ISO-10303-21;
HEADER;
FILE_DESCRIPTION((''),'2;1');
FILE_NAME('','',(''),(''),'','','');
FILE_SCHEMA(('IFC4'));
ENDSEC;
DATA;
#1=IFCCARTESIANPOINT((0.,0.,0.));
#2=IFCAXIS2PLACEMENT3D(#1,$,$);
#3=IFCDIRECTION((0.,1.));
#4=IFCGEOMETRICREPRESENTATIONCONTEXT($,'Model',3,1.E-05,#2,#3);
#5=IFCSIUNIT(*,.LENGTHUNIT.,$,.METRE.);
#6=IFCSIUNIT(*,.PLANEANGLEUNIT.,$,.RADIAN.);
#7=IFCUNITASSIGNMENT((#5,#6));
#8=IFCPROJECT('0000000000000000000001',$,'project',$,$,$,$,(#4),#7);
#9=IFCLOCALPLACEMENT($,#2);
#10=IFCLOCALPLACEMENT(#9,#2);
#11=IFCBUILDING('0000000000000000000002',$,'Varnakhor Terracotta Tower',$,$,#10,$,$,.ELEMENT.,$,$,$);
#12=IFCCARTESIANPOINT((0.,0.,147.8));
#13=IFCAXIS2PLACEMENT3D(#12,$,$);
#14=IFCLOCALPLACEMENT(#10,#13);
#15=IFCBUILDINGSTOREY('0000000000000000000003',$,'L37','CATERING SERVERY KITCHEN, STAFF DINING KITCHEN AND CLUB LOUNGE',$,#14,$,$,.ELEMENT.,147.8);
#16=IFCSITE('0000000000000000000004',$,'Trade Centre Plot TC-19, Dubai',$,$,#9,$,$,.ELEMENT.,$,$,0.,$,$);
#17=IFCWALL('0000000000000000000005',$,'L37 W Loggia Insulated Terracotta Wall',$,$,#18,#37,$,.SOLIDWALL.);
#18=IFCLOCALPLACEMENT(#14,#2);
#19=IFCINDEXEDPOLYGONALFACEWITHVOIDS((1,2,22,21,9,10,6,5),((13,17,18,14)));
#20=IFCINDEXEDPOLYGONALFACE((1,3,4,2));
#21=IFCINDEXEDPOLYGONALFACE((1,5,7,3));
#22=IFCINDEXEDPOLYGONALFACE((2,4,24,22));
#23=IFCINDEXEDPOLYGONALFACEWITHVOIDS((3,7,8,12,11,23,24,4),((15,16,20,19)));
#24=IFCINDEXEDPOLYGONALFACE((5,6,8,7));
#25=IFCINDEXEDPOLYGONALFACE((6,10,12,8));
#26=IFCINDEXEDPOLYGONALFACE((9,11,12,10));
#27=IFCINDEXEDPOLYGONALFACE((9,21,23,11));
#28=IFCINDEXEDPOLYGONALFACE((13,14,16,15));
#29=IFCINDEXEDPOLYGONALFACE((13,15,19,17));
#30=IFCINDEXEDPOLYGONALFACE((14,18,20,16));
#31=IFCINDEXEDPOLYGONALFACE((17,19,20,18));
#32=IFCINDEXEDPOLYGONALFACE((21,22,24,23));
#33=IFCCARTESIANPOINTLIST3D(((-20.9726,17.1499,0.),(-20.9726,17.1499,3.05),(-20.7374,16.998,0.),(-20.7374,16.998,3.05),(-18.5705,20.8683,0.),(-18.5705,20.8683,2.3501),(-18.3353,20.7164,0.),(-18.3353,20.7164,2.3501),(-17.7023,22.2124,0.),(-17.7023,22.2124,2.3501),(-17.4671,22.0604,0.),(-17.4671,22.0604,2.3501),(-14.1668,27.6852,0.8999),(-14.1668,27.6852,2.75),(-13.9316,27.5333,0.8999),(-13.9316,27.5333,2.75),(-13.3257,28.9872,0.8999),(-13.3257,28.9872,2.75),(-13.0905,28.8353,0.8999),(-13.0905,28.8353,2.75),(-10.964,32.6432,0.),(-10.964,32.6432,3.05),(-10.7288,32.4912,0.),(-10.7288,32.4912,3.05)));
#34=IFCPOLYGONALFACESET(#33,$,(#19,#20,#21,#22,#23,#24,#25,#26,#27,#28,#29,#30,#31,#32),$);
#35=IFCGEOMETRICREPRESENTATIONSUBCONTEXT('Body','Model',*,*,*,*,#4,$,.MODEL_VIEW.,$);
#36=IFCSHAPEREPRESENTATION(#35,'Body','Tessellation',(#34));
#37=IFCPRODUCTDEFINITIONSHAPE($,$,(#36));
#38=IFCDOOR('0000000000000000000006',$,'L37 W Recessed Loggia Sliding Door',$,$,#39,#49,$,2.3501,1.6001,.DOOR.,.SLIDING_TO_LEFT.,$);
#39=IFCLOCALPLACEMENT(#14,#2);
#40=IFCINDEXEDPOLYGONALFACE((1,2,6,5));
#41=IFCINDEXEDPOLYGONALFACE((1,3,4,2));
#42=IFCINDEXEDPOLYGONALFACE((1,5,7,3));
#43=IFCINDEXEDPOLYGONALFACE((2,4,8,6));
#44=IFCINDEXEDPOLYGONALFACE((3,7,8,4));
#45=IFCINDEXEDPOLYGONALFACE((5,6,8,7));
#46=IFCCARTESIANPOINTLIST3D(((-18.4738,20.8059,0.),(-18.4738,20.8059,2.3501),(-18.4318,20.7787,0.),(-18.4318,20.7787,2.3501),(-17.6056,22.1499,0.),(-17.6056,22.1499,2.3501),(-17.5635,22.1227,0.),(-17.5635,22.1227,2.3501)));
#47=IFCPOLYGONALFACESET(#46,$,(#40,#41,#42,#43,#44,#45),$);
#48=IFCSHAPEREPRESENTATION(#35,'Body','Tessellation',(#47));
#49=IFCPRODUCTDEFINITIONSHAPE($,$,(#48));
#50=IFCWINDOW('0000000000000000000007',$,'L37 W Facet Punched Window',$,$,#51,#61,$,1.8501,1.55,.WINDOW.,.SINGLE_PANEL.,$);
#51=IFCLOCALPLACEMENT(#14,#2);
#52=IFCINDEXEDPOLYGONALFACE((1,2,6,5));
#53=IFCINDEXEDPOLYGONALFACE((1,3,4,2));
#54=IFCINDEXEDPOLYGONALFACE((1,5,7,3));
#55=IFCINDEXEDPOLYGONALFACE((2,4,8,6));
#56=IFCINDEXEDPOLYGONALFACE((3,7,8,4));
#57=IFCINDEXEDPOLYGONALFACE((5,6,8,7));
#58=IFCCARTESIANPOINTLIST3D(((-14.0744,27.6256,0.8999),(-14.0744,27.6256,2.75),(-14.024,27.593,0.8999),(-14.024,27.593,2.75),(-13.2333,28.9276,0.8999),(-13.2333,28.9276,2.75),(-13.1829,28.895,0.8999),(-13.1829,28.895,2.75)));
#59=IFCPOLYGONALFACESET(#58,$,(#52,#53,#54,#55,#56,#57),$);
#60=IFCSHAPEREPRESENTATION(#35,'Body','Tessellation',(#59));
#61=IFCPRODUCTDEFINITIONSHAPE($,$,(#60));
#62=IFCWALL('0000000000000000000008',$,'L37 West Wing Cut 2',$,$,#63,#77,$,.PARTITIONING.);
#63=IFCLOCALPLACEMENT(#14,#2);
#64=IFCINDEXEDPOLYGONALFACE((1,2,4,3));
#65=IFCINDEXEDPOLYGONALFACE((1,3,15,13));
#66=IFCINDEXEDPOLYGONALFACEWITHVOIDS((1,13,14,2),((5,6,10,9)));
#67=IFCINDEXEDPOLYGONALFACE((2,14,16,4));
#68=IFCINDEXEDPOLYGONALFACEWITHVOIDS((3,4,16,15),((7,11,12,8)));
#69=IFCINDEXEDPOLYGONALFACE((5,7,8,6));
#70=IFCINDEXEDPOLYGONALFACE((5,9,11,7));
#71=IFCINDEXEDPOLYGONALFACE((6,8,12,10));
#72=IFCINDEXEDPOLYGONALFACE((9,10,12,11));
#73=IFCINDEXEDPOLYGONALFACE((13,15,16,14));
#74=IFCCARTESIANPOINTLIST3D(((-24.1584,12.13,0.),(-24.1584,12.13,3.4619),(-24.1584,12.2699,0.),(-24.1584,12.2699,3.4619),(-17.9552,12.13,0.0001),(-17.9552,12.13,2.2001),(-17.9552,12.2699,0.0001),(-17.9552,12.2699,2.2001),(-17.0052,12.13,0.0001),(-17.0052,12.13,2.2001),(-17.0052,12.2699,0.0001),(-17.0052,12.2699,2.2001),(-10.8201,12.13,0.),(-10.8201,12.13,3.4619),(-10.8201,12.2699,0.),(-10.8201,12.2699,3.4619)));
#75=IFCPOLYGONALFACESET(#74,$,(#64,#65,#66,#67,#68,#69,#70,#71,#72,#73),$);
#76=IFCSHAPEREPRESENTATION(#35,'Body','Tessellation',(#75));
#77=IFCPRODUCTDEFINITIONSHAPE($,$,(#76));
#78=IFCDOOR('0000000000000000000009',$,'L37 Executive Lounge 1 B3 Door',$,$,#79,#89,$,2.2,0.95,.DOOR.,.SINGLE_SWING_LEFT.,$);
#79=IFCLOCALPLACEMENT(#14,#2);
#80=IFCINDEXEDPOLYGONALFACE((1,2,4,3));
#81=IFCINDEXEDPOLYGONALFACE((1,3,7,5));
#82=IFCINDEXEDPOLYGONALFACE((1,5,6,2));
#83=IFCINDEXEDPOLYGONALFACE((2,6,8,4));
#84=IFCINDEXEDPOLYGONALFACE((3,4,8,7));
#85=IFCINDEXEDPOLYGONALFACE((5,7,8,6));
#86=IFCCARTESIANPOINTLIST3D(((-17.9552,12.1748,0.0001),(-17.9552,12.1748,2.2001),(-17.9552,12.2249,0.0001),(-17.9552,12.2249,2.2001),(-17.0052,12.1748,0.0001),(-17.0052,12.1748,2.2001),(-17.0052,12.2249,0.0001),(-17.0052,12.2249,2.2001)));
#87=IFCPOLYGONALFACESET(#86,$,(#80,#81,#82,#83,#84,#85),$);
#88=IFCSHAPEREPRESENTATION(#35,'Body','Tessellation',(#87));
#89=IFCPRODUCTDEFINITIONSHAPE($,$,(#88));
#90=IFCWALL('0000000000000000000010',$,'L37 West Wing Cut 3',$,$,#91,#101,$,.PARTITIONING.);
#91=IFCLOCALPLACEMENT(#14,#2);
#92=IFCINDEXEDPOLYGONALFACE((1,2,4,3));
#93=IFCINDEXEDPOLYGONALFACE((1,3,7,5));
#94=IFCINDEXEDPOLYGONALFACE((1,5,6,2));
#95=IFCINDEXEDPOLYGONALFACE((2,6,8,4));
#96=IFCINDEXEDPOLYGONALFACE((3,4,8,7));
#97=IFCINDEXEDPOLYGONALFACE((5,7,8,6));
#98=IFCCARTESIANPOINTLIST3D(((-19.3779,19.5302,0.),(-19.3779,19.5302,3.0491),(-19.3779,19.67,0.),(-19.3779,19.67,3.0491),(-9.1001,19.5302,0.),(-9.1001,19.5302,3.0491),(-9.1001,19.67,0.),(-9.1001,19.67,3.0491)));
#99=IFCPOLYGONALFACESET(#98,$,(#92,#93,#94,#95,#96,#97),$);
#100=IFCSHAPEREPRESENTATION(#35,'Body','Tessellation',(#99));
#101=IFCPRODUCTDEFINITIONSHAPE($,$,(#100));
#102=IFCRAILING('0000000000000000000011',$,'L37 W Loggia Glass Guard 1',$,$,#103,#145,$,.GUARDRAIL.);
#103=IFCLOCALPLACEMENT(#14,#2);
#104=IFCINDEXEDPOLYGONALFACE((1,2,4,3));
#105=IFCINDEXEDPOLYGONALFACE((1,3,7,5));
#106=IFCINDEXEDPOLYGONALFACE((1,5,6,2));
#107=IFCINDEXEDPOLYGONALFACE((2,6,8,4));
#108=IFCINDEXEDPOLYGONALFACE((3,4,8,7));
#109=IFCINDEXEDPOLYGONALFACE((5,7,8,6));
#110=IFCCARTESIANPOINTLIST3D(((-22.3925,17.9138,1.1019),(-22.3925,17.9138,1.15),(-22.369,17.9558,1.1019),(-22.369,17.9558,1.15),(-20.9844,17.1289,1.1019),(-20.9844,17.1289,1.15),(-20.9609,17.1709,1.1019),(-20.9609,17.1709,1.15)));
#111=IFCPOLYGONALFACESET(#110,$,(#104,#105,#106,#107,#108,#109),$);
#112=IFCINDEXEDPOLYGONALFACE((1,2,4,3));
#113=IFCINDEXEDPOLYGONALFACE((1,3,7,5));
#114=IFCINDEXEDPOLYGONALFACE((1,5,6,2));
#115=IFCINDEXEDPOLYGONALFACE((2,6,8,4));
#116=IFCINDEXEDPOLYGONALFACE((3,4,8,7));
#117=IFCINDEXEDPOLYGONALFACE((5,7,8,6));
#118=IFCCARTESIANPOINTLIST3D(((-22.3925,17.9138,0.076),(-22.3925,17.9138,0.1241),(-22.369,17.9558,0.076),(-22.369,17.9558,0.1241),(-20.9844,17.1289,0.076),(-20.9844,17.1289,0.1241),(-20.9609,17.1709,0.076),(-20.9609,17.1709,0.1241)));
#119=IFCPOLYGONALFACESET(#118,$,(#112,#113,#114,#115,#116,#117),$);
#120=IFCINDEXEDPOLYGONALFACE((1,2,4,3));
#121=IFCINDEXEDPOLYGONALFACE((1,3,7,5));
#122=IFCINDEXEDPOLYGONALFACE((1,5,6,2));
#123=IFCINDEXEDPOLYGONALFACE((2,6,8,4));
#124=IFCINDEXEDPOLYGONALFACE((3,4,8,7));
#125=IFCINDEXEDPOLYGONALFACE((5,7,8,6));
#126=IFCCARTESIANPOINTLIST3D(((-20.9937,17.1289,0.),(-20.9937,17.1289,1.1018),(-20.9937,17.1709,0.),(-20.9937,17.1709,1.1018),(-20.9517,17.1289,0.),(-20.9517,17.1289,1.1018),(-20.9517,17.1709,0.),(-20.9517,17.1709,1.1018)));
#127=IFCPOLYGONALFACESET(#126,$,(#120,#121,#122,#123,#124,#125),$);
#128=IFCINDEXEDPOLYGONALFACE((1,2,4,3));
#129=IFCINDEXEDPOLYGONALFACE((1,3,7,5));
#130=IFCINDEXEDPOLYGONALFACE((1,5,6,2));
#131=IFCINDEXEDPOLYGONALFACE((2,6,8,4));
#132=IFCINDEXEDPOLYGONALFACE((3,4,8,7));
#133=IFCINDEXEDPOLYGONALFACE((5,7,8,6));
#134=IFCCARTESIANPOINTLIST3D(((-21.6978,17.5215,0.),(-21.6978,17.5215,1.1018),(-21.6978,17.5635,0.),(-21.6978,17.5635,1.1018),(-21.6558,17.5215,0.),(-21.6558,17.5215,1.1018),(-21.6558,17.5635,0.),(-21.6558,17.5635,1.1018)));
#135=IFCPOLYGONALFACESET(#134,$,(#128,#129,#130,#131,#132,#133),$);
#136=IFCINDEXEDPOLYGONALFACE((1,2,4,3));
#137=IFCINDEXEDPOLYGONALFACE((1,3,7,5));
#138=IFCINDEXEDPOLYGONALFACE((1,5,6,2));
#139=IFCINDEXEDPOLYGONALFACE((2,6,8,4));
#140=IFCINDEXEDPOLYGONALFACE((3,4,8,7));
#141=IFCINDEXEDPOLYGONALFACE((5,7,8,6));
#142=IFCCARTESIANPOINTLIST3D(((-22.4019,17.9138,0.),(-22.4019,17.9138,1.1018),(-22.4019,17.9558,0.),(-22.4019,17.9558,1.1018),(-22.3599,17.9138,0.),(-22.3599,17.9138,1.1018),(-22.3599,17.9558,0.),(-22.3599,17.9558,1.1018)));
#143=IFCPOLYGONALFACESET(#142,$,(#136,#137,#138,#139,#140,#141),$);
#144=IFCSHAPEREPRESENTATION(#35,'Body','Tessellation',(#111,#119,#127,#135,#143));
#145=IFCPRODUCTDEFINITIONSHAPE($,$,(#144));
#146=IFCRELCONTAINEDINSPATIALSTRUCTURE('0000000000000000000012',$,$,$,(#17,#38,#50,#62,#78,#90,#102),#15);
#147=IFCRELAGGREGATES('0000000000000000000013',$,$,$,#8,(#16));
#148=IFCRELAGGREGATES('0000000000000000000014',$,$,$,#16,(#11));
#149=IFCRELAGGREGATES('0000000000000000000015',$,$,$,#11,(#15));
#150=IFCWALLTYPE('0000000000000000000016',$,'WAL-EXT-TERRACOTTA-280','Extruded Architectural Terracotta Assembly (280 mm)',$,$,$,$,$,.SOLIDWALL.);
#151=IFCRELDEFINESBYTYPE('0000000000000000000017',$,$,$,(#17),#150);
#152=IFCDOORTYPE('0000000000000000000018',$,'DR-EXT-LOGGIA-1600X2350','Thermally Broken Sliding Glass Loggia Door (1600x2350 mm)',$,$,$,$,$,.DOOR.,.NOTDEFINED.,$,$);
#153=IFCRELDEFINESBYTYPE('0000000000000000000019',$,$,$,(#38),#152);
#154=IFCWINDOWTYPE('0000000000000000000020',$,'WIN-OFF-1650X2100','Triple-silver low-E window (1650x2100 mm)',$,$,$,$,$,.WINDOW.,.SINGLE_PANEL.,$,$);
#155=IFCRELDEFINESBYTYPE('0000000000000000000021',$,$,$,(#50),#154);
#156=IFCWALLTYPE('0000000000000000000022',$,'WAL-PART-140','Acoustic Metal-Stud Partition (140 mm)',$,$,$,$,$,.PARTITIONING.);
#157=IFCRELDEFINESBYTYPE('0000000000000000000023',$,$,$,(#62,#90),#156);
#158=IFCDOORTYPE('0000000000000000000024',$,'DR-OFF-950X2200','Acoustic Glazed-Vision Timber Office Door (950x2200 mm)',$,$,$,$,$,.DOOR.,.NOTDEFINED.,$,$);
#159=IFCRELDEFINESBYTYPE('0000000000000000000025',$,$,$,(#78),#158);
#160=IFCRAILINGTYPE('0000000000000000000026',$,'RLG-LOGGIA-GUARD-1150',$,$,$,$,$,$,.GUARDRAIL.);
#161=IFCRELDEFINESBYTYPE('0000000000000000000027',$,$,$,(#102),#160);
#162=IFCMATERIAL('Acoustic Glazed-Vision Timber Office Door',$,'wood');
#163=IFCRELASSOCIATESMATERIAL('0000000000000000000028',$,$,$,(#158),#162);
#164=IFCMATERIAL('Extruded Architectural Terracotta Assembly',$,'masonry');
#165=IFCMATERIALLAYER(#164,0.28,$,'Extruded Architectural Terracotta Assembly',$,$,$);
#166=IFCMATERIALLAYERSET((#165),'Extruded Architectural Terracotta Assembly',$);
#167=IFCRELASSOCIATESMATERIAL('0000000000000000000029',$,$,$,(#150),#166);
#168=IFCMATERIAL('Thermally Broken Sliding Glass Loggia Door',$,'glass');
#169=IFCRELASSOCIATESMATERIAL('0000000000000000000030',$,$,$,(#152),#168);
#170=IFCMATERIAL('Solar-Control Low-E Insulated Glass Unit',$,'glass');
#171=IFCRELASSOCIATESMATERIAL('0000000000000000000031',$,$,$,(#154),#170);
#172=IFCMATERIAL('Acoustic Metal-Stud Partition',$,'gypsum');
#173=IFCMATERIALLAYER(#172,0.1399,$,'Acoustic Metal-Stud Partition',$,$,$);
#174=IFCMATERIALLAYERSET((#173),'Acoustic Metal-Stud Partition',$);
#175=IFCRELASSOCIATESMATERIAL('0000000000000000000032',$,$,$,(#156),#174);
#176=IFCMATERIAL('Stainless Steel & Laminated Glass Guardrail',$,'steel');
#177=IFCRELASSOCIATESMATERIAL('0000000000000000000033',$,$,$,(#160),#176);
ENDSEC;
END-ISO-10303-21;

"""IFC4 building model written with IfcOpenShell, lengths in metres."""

from ifc_helpers import new_model, si_unit, direction, frame, frame_2d, origin, origin_2d, place, context, subcontext, project, spatial, rectangle, extrude, source, transform, mapped, material, layer, layer_set, type_object, type_shapes, element, fill, save


model = new_model("IFC4")

# Units and contexts
model_context = context("Model", 3, precision=1e-05, world=origin(), true_north=direction((0.0, 1.0)))
body_context = subcontext(model_context, "Body", "Model", "MODEL_VIEW")
ifc_project = project(units=[si_unit("LENGTHUNIT", "METRE"), si_unit("PLANEANGLEUNIT", "RADIAN")], contexts=[model_context])

# Site, building, storey
site_placement = place(None, origin())
site = spatial("IfcSite", under=ifc_project, at=site_placement, Name="Trade Centre Plot TC-19, Dubai", CompositionType="ELEMENT", RefElevation=0.0)
building_placement = place(site_placement, origin())
building = spatial("IfcBuilding", under=site, at=building_placement, Name="Varnakhor Terracotta Tower", CompositionType="ELEMENT")
storey_placement = place(building_placement, frame((0.0, 0.0, 147.8)))
storey = spatial("IfcBuildingStorey", under=building, at=storey_placement, Name="L37", Description="CATERING SERVERY KITCHEN, STAFF DINING KITCHEN AND CLUB LOUNGE", CompositionType="ELEMENT", Elevation=147.8)

# Shared definitions
ifc_material_1 = material(Name="Acoustic Glazed-Vision Timber Office Door", Category="wood")
door_type_1 = type_object("IfcDoorType", Name="DR-OFF-950X2200", Description="Acoustic Glazed-Vision Timber Office Door (950x2200 mm)", OperationType="NOTDEFINED", PredefinedType="DOOR", material=ifc_material_1)
shared_shape_1 = source(origin(), body_context, "Body", "SweptSolid", [
    extrude(rectangle(XDim=0.95, YDim=2.2, at=frame_2d((0.4751, 1.1001))), frame((0.0, 0.0249, 0.0), z_axis=(0.0, -1.0, 0.0), x_axis=(1.0, 0.0, 0.0)), (0.0, 0.0, 1.0), 0.05),
])
type_shapes(door_type_1, [shared_shape_1])

# Wall, openings, door, window
ifc_material_2 = material(Name="Extruded Architectural Terracotta Assembly", Category="masonry")
ifc_layer_1 = layer(ifc_material_2, 0.28, Name="Extruded Architectural Terracotta Assembly")
ifc_layer_set_1 = layer_set([ifc_layer_1], Name="Extruded Architectural Terracotta Assembly")
wall_type_1 = type_object("IfcWallType", Name="WAL-EXT-TERRACOTTA-280", Description="Extruded Architectural Terracotta Assembly (280 mm)", PredefinedType="SOLIDWALL", material=ifc_layer_set_1)
wall_1_placement = place(storey_placement, frame((-20.855, 17.074, 0.0), z_axis=(0.0, 0.0, 1.0), x_axis=(0.542623, 0.839977, 0.0)))
wall_1 = element("IfcWall", 1, at=wall_1_placement, inside=storey, type_object=wall_type_1, Name="L37 W Loggia Insulated Terracotta Wall", PredefinedType="SOLIDWALL", context=body_context, shape_type="SweptSolid", body=[
    extrude(rectangle(XDim=18.4448, YDim=0.28, at=frame_2d((9.2224, 0.0))), origin(), (0.0, 0.0, 1.0), 3.05),
])
opening_1_placement = place(wall_1_placement, frame((4.4268, 0.0, 0.0)))
opening_1 = element("IfcOpeningElement", 2, at=opening_1_placement, cuts=wall_1, PredefinedType="OPENING", context=body_context, shape_type="SweptSolid", body=[
    extrude(rectangle(XDim=1.6001, YDim=2.3501, at=frame_2d((0.8, 1.175))), frame((0.0, 0.1499, 0.0), z_axis=(0.0, -1.0, 0.0), x_axis=(1.0, 0.0, 0.0)), (0.0, 0.0, 1.0), 0.3),
])
opening_2_placement = place(wall_1_placement, frame((12.5425, 0.0, 0.8999)))
opening_2 = element("IfcOpeningElement", 3, at=opening_2_placement, cuts=wall_1, PredefinedType="OPENING", context=body_context, shape_type="SweptSolid", body=[
    extrude(rectangle(XDim=1.55, YDim=1.8501, at=frame_2d((0.7749, 0.925))), frame((0.0, 0.1499, 0.0), z_axis=(0.0, -1.0, 0.0), x_axis=(1.0, 0.0, 0.0)), (0.0, 0.0, 1.0), 0.3),
])
ifc_material_3 = material(Name="Thermally Broken Sliding Glass Loggia Door", Category="glass")
door_type_2 = type_object("IfcDoorType", Name="DR-EXT-LOGGIA-1600X2350", Description="Thermally Broken Sliding Glass Loggia Door (1600x2350 mm)", OperationType="NOTDEFINED", PredefinedType="DOOR", material=ifc_material_3)
shared_shape_2 = source(origin(), body_context, "Body", "SweptSolid", [
    extrude(rectangle(XDim=1.6001, YDim=2.3501, at=frame_2d((0.8, 1.175))), frame((0.0, 0.0249, 0.0), z_axis=(0.0, -1.0, 0.0), x_axis=(1.0, 0.0, 0.0)), (0.0, 0.0, 1.0), 0.05),
])
type_shapes(door_type_2, [shared_shape_2])
door_1_placement = place(opening_1_placement, origin())
door_1 = element("IfcDoor", 4, at=door_1_placement, inside=storey, type_object=door_type_2, Name="L37 W Recessed Loggia Sliding Door", OperationType="SLIDING_TO_LEFT", OverallHeight=2.3501, OverallWidth=1.6001, PredefinedType="DOOR", context=body_context, shape_type="MappedRepresentation", body=[
    mapped(shared_shape_2, transform((0.0, 0.0, 0.0), scale=1.0)),
])
fill(opening_1, door_1)
ifc_material_4 = material(Name="Solar-Control Low-E Insulated Glass Unit", Category="glass")
window_type = type_object("IfcWindowType", Name="WIN-OFF-1650X2100", Description="Triple-silver low-E window (1650x2100 mm)", PartitioningType="SINGLE_PANEL", PredefinedType="WINDOW", material=ifc_material_4)
shared_shape_3 = source(origin(), body_context, "Body", "SweptSolid", [
    extrude(rectangle(XDim=1.55, YDim=1.8501, at=frame_2d((0.7749, 0.925))), frame((0.0, 0.03, 0.0), z_axis=(0.0, -1.0, 0.0), x_axis=(1.0, 0.0, 0.0)), (0.0, 0.0, 1.0), 0.0601),
])
type_shapes(window_type, [shared_shape_3])
window_placement = place(opening_2_placement, origin())
window = element("IfcWindow", 5, at=window_placement, inside=storey, type_object=window_type, Name="L37 W Facet Punched Window", OverallHeight=1.8501, OverallWidth=1.55, PartitioningType="SINGLE_PANEL", PredefinedType="WINDOW", context=body_context, shape_type="MappedRepresentation", body=[
    mapped(shared_shape_3, transform((0.0, 0.0, 0.0), scale=1.0)),
])
fill(opening_2, window)

# Wall, opening, door
ifc_material_5 = material(Name="Acoustic Metal-Stud Partition", Category="gypsum")
ifc_layer_2 = layer(ifc_material_5, 0.1399, Name="Acoustic Metal-Stud Partition")
ifc_layer_set_2 = layer_set([ifc_layer_2], Name="Acoustic Metal-Stud Partition")
wall_type_2 = type_object("IfcWallType", Name="WAL-PART-140", Description="Acoustic Metal-Stud Partition (140 mm)", PredefinedType="PARTITIONING", material=ifc_layer_set_2)
wall_2_placement = place(storey_placement, frame((-24.1584, 12.2, 0.0), z_axis=(0.0, 0.0, 1.0), x_axis=(1.0, 0.0, 0.0)))
wall_2 = element("IfcWall", 6, at=wall_2_placement, inside=storey, type_object=wall_type_2, Name="L37 West Wing Cut 2", PredefinedType="PARTITIONING", context=body_context, shape_type="SweptSolid", body=[
    extrude(rectangle(XDim=13.3384, YDim=0.1399, at=frame_2d((6.6692, 0.0))), origin(), (0.0, 0.0, 1.0), 3.4619),
])
opening_3_placement = place(wall_2_placement, frame((6.2031, 0.0, 0.0)))
opening_3 = element("IfcOpeningElement", 7, at=opening_3_placement, cuts=wall_2, PredefinedType="OPENING", context=body_context, shape_type="SweptSolid", body=[
    extrude(rectangle(XDim=0.95, YDim=2.2, at=frame_2d((0.4751, 1.1001))), frame((0.0, 0.0801, 0.0), z_axis=(0.0, -1.0, 0.0), x_axis=(1.0, 0.0, 0.0)), (0.0, 0.0, 1.0), 0.1599),
])
door_2_placement = place(opening_3_placement, origin())
door_2 = element("IfcDoor", 8, at=door_2_placement, inside=storey, type_object=door_type_1, Name="L37 Executive Lounge 1 B3 Door", OperationType="SINGLE_SWING_LEFT", OverallHeight=2.2, OverallWidth=0.95, PredefinedType="DOOR", context=body_context, shape_type="MappedRepresentation", body=[
    mapped(shared_shape_1, transform((0.0, 0.0, 0.0), scale=1.0)),
])
fill(opening_3, door_2)

# Wall
wall_3_placement = place(storey_placement, frame((-19.3779, 19.6001, 0.0), z_axis=(0.0, 0.0, 1.0), x_axis=(1.0, 0.0, 0.0)))
element("IfcWall", 9, at=wall_3_placement, inside=storey, type_object=wall_type_2, Name="L37 West Wing Cut 3", PredefinedType="PARTITIONING", context=body_context, shape_type="SweptSolid", body=[
    extrude(rectangle(XDim=10.2778, YDim=0.1399, at=frame_2d((5.1389, 0.0))), origin(), (0.0, 0.0, 1.0), 3.0491),
])

# Railing
ifc_material_6 = material(Name="Stainless Steel & Laminated Glass Guardrail", Category="steel")
railing_type = type_object("IfcRailingType", Name="RLG-LOGGIA-GUARD-1150", PredefinedType="GUARDRAIL", material=ifc_material_6)
railing_1_placement = place(storey_placement, frame((-20.9727, 17.1499, 0.0)))
element("IfcRailing", 10, at=railing_1_placement, inside=storey, type_object=railing_type, Name="L37 W Loggia Glass Guard 1", PredefinedType="GUARDRAIL", context=body_context, shape_type="SweptSolid", body=[
    extrude(rectangle(XDim=0.0481, YDim=0.0481, at=origin_2d()), frame((0.0, 0.0, 1.126), z_axis=(-0.873478, 0.486864, 0.0), x_axis=(-0.486864, -0.873478, 0.0)), (0.0, 0.0, 1.0), 1.6121),
    extrude(rectangle(XDim=0.0481, YDim=0.0481, at=origin_2d()), frame((0.0, 0.0, 0.1001), z_axis=(-0.873478, 0.486864, 0.0), x_axis=(-0.486864, -0.873478, 0.0)), (0.0, 0.0, 1.0), 1.6121),
    extrude(rectangle(XDim=0.042, YDim=0.042, at=origin_2d()), origin(), (0.0, 0.0, 1.0), 1.1018),
    extrude(rectangle(XDim=0.042, YDim=0.042, at=origin_2d()), frame((-0.7041, 0.3926, 0.0)), (0.0, 0.0, 1.0), 1.1018),
    extrude(rectangle(XDim=0.042, YDim=0.042, at=origin_2d()), frame((-1.4082, 0.7849, 0.0)), (0.0, 0.0, 1.0), 1.1018),
])

save(model, "model.ifc")
